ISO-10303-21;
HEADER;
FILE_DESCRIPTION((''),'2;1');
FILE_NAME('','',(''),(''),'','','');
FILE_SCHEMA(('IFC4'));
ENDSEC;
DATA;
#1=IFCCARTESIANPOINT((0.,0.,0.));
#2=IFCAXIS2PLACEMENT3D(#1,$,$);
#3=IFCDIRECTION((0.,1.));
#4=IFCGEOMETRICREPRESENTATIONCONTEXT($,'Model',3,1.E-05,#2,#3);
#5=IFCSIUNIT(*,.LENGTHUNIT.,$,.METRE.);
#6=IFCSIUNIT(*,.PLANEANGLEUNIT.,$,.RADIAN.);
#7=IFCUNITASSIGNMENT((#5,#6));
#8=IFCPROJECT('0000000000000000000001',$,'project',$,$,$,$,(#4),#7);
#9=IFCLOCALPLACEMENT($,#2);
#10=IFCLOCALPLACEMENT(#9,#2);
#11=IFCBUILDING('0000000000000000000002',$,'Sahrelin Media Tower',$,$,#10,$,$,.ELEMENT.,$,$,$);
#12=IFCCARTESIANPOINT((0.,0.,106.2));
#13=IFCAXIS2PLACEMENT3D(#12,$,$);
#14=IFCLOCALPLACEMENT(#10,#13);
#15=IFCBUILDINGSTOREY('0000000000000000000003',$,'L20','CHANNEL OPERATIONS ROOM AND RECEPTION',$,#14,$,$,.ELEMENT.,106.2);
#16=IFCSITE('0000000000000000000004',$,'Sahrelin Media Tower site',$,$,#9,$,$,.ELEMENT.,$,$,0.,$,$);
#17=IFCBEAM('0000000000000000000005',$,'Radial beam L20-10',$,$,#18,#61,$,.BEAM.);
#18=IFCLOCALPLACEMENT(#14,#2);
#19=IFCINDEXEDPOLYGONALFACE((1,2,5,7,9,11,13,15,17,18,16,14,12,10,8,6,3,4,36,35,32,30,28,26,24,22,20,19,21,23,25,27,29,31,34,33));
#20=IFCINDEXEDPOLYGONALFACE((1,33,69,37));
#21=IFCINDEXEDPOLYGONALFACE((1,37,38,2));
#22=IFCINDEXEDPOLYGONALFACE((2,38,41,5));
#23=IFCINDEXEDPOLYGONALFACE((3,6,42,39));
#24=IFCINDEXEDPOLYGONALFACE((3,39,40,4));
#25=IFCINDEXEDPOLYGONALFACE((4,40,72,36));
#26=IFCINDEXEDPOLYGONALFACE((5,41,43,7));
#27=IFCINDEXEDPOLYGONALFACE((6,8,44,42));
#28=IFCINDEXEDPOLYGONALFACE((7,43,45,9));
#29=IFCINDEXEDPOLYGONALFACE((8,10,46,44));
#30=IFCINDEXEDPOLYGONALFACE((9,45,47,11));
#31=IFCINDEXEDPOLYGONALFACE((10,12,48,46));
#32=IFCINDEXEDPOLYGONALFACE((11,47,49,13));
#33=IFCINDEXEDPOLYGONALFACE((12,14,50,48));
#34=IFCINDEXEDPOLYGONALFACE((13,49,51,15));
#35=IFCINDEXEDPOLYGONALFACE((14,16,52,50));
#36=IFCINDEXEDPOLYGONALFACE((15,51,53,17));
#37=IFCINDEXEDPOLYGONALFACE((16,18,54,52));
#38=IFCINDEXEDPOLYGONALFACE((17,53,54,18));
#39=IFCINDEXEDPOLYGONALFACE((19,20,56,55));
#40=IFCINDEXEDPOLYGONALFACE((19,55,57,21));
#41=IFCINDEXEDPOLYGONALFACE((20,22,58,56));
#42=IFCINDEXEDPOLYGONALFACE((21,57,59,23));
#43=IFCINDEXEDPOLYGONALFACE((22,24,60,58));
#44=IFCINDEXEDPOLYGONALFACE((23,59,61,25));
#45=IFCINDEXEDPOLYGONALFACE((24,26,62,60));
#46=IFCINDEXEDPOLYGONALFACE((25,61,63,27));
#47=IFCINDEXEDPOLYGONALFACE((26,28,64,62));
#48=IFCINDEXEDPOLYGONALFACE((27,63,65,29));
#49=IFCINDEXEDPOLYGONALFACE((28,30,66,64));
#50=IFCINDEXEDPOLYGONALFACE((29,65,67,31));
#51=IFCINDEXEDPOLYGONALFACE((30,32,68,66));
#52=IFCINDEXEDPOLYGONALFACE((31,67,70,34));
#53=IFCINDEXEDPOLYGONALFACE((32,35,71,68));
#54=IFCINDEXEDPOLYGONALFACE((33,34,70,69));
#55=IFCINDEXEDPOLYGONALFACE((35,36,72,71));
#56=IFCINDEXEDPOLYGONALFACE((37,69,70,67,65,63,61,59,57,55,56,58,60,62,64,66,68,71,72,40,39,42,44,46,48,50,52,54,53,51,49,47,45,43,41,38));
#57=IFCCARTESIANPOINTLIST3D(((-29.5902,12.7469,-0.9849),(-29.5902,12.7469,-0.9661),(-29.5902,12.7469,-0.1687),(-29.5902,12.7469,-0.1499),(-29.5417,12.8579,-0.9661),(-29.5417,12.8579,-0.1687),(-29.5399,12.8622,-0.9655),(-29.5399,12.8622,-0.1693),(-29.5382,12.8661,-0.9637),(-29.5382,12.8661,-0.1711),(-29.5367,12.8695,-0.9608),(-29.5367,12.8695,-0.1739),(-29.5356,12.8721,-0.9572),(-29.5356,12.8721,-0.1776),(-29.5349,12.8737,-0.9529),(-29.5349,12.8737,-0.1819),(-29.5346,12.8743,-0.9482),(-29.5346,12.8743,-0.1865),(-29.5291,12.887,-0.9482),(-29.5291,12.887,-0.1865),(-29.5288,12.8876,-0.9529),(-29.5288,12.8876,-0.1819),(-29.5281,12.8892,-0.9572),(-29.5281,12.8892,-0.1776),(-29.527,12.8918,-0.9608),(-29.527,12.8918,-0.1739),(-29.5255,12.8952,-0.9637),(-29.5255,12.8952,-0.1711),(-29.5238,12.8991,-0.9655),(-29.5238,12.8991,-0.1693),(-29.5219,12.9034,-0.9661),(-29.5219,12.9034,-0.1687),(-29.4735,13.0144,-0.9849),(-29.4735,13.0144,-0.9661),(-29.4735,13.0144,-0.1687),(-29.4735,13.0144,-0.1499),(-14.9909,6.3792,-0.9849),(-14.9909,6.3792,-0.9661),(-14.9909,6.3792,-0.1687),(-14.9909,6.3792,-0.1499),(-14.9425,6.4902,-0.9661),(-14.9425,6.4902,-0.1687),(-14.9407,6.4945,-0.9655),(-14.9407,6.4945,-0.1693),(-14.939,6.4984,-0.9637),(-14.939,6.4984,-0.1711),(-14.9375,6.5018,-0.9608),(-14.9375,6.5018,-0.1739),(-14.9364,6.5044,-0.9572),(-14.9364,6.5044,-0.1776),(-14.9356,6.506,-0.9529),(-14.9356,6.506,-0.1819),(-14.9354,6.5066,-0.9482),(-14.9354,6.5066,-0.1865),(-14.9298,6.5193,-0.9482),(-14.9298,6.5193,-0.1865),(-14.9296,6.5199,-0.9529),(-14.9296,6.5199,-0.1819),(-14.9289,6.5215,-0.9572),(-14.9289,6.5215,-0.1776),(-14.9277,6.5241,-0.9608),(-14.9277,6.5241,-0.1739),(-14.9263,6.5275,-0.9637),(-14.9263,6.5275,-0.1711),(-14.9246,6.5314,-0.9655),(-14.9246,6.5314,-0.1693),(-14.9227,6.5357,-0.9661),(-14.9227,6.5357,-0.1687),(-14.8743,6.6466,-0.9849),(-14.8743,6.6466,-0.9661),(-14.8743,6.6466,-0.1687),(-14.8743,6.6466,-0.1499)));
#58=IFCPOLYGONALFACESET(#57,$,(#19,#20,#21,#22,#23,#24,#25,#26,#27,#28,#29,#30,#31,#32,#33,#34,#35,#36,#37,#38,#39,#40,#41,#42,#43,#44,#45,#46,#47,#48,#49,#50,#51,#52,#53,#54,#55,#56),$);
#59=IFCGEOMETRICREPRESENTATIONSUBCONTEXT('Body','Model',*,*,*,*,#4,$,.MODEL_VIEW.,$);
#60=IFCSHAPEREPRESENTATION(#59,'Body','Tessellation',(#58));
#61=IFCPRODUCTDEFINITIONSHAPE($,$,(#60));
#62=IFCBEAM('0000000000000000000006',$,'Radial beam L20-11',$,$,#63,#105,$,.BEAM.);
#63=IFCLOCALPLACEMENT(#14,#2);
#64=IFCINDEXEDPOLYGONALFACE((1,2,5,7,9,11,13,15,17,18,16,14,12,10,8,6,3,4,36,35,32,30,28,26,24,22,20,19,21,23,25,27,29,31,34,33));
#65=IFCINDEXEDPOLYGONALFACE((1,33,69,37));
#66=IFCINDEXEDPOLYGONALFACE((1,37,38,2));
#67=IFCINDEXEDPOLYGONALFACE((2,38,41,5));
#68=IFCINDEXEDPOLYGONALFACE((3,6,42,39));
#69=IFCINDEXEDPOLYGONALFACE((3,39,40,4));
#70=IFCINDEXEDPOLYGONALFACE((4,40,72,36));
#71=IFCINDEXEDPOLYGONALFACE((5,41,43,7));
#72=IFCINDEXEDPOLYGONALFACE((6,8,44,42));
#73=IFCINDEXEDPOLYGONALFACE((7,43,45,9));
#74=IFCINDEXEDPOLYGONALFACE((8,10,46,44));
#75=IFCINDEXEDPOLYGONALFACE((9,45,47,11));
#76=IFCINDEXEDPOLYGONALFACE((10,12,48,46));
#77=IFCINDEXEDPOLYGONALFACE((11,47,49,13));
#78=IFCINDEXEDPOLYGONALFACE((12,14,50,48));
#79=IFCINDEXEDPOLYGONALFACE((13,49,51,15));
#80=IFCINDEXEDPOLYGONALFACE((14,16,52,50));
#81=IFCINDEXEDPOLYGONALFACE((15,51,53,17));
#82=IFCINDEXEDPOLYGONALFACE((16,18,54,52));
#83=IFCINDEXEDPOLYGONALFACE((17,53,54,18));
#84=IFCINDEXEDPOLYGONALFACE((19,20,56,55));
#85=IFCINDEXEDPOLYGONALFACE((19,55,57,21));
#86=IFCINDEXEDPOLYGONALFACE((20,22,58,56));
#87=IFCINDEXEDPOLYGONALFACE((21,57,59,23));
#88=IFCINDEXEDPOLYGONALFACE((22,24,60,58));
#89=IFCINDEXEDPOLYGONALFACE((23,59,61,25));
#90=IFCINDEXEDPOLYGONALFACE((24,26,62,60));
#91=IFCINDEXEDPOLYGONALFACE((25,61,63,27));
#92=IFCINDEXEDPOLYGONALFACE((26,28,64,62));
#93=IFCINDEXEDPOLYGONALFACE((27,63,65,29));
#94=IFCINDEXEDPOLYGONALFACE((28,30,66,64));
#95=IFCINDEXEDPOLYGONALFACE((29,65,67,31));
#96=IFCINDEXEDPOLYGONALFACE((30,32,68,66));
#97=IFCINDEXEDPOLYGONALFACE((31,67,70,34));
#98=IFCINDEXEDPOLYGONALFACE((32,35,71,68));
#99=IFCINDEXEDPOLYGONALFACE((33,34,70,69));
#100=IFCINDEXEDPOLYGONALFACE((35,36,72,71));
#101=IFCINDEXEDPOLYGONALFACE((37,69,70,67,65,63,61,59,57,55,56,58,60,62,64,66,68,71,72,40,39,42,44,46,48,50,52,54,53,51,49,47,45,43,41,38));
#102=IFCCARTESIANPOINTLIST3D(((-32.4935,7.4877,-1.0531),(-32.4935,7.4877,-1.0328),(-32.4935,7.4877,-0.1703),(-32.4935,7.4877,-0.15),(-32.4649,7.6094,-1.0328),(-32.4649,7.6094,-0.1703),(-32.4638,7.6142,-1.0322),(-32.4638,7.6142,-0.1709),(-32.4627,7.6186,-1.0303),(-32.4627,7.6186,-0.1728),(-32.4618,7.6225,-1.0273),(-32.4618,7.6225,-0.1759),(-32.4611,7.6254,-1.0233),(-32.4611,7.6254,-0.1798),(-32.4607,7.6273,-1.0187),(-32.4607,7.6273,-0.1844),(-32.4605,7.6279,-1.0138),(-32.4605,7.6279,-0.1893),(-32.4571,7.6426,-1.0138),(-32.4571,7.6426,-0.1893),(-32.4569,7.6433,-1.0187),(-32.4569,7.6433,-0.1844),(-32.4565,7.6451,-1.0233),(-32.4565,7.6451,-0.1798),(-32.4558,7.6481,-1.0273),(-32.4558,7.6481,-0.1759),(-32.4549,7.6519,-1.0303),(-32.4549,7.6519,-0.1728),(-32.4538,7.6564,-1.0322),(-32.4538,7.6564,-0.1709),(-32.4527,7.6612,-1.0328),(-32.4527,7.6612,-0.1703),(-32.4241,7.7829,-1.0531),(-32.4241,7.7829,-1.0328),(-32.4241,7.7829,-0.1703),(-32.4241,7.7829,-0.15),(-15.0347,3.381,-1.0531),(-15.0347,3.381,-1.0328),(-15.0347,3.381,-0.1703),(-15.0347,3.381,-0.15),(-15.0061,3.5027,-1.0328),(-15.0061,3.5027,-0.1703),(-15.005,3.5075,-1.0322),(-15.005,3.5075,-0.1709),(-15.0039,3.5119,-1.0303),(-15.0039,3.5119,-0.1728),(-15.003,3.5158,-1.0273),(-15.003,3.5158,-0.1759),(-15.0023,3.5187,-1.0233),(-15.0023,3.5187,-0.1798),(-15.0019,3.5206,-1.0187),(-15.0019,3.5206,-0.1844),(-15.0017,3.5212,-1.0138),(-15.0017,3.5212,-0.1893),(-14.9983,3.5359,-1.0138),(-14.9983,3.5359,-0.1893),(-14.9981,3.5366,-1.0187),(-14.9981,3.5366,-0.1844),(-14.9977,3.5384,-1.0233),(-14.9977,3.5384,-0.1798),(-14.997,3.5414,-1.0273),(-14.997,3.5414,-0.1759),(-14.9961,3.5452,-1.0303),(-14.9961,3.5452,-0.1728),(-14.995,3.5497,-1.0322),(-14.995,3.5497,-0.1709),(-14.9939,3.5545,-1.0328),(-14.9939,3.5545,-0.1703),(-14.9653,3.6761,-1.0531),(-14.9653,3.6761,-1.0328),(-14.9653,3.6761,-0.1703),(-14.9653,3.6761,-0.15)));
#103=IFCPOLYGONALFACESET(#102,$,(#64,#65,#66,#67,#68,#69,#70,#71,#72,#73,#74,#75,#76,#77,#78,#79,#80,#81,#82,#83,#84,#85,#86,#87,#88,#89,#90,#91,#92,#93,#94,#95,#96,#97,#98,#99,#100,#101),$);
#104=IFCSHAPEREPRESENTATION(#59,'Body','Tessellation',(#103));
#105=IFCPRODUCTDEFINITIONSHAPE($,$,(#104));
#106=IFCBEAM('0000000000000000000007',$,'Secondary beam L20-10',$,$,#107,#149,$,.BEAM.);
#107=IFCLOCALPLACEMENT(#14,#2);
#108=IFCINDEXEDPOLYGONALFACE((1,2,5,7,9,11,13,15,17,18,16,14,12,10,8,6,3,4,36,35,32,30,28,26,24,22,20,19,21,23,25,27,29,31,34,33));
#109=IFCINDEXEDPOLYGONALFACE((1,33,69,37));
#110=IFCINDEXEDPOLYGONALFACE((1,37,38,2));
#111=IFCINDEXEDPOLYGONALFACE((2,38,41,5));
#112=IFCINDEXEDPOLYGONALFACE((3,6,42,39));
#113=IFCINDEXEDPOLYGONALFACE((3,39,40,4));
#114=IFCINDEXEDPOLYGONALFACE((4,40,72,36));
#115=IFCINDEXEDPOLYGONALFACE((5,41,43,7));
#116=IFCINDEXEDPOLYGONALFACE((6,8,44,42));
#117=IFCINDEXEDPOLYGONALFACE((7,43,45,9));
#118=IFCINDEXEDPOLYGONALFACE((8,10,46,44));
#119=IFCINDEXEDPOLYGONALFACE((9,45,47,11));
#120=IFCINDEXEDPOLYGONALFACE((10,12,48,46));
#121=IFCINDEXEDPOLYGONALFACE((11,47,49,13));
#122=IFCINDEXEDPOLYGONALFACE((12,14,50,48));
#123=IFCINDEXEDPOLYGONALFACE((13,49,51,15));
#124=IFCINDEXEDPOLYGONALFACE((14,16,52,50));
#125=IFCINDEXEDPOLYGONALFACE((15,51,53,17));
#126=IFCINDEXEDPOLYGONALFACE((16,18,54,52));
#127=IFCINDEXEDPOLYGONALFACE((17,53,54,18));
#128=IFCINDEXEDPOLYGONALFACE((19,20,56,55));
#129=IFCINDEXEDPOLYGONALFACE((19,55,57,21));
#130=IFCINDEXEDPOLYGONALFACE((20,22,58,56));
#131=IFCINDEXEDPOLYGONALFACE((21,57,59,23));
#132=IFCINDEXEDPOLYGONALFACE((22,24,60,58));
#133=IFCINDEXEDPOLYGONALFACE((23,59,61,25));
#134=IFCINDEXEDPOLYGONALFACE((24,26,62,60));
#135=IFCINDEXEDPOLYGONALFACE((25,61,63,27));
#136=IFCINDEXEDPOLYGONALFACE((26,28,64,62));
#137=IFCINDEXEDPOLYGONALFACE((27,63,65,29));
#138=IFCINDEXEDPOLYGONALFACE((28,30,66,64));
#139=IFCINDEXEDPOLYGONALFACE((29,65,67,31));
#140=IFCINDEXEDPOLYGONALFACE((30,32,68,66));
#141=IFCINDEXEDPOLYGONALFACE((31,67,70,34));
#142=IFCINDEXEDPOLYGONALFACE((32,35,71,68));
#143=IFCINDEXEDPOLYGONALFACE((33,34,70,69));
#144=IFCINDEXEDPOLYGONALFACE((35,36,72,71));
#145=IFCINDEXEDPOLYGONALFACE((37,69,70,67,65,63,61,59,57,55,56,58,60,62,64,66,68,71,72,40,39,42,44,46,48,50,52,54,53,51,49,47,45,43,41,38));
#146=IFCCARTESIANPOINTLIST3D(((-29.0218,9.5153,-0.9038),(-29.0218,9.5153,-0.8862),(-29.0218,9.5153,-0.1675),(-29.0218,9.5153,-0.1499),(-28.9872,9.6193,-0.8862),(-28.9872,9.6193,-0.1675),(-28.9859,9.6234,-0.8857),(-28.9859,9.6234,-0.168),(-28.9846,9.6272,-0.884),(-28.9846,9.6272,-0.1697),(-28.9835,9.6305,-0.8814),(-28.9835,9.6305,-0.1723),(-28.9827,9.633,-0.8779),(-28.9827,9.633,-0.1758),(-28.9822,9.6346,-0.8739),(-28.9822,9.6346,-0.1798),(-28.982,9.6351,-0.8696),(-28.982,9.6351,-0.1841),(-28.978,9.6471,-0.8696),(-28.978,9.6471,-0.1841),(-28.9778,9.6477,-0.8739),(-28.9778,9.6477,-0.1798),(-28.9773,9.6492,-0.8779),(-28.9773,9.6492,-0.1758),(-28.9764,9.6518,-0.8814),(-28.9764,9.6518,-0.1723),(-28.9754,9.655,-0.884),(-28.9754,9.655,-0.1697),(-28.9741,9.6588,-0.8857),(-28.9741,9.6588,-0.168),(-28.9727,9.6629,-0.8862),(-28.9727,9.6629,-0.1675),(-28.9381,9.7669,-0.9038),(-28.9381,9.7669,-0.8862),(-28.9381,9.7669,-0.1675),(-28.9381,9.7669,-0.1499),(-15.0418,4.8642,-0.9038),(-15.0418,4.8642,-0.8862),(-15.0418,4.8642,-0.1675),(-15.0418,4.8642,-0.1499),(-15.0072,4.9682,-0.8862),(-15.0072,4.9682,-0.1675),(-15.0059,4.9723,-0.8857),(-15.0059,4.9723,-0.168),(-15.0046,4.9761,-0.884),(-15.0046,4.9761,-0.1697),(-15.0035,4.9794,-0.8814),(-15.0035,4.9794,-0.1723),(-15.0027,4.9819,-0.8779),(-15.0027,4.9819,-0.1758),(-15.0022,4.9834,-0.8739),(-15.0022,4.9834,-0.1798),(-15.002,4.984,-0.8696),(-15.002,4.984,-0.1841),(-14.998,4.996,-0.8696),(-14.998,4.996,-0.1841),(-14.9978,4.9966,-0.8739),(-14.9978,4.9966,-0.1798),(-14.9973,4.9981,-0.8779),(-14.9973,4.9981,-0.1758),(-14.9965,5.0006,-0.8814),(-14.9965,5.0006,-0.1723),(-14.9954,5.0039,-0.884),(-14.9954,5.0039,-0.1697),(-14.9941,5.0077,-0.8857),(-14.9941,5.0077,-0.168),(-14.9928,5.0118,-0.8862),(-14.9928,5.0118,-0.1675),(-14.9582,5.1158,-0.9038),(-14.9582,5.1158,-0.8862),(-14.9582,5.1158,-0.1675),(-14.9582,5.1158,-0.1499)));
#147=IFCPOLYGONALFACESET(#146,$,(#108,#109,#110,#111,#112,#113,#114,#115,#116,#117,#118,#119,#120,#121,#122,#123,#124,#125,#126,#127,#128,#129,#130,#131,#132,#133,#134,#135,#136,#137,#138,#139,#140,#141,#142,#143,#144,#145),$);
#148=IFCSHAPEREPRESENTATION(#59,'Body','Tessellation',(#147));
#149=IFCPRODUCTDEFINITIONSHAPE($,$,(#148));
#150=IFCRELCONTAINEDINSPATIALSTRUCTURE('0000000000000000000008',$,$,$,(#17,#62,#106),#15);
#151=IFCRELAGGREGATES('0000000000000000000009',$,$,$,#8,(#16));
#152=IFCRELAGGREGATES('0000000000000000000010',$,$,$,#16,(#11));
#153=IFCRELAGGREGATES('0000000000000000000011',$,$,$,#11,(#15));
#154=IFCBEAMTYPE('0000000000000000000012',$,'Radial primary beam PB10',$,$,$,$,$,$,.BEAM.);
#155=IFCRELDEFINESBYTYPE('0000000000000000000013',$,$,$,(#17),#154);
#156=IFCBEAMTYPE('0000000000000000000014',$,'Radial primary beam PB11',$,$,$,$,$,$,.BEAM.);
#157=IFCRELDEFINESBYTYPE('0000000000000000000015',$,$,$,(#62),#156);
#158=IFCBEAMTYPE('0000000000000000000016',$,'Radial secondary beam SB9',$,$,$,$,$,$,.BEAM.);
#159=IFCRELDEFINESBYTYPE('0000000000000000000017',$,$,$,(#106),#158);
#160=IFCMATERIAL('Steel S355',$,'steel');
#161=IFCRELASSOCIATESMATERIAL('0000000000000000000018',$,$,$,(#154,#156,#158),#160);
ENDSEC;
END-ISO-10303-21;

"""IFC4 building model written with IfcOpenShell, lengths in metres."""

from ifc_helpers import new_model, si_unit, direction, frame, origin, origin_2d, place, context, subcontext, project, spatial, i_section, extrude, material, material_profile, profile_set, type_object, element, save


model = new_model("IFC4")

# Units and contexts
model_context = context("Model", 3, precision=1e-05, world=origin(), true_north=direction((0.0, 1.0)))
body_context = subcontext(model_context, "Body", "Model", "MODEL_VIEW")
ifc_project = project(units=[si_unit("LENGTHUNIT", "METRE"), si_unit("PLANEANGLEUNIT", "RADIAN")], contexts=[model_context])

# Site, building, storey
site_placement = place(None, origin())
site = spatial("IfcSite", under=ifc_project, at=site_placement, Name="Sahrelin Media Tower site", CompositionType="ELEMENT", RefElevation=0.0)
building_placement = place(site_placement, origin())
building = spatial("IfcBuilding", under=site, at=building_placement, Name="Sahrelin Media Tower", CompositionType="ELEMENT")
storey_placement = place(building_placement, frame((0.0, 0.0, 106.2)))
storey = spatial("IfcBuildingStorey", under=building, at=storey_placement, Name="L20", Description="CHANNEL OPERATIONS ROOM AND RECEPTION", CompositionType="ELEMENT", Elevation=106.2)

# Beams
ifc_material_1 = material(Name="Steel S355", Category="steel")
ifc_material_profile_1 = material_profile(ifc_material_1, i_section(OverallWidth=0.2917, OverallDepth=0.835, WebThickness=0.0139, FlangeThickness=0.0188, FilletRadius=0.0178, at=origin_2d()), Name="UB 838x292x176")
ifc_profile_set_1 = profile_set([ifc_material_profile_1], Name="Steel S355")
beam_type_1 = type_object("IfcBeamType", Name="Radial primary beam PB10", PredefinedType="BEAM", material=ifc_profile_set_1)
beam_1_placement = place(storey_placement, frame((-14.9326, 6.5129, -0.5674), z_axis=(-0.916605, 0.399794, 0.0), x_axis=(-0.399794, -0.916605, 0.0)))
element("IfcBeam", 1, at=beam_1_placement, inside=storey, type_object=beam_type_1, Name="Radial beam L20-10", PredefinedType="BEAM", context=body_context, shape_type="SweptSolid", body=[
    extrude(i_section(OverallWidth=0.2917, OverallDepth=0.835, WebThickness=0.0139, FlangeThickness=0.0188, FilletRadius=0.0178, at=origin_2d()), origin(), (0.0, 0.0, 1.0), 15.9275),
])
ifc_material_profile_2 = material_profile(ifc_material_1, i_section(OverallWidth=0.3032, OverallDepth=0.9031, WebThickness=0.0151, FlangeThickness=0.0203, FilletRadius=0.019, at=origin_2d()), Name="UB 914x305x201")
ifc_profile_set_2 = profile_set([ifc_material_profile_2], Name="Steel S355")
beam_type_2 = type_object("IfcBeamType", Name="Radial primary beam PB11", PredefinedType="BEAM", material=ifc_profile_set_2)
beam_2_placement = place(storey_placement, frame((-15.0, 3.5286, -0.6016), z_axis=(-0.973433, 0.228973, 0.0), x_axis=(-0.228973, -0.973433, 0.0)))
element("IfcBeam", 2, at=beam_2_placement, inside=storey, type_object=beam_type_2, Name="Radial beam L20-11", PredefinedType="BEAM", context=body_context, shape_type="SweptSolid", body=[
    extrude(i_section(OverallWidth=0.3032, OverallDepth=0.9031, WebThickness=0.0151, FlangeThickness=0.0203, FilletRadius=0.019, at=origin_2d()), origin(), (0.0, 0.0, 1.0), 17.9353),
])
ifc_material_profile_3 = material_profile(ifc_material_1, i_section(OverallWidth=0.2651, OverallDepth=0.7539, WebThickness=0.0127, FlangeThickness=0.0176, FilletRadius=0.0166, at=origin_2d()), Name="UB 762x267x147")
ifc_profile_set_3 = profile_set([ifc_material_profile_3], Name="Steel S355")
beam_type_3 = type_object("IfcBeamType", Name="Radial secondary beam SB9", PredefinedType="BEAM", material=ifc_profile_set_3)
beam_3_placement = place(storey_placement, frame((-15.0, 4.99, -0.5269), z_axis=(-0.948864, 0.315686, 0.0), x_axis=(-0.315686, -0.948864, 0.0)))
element("IfcBeam", 3, at=beam_3_placement, inside=storey, type_object=beam_type_3, Name="Secondary beam L20-10", PredefinedType="BEAM", context=body_context, shape_type="SweptSolid", body=[
    extrude(i_section(OverallWidth=0.2651, OverallDepth=0.7539, WebThickness=0.0127, FlangeThickness=0.0176, FilletRadius=0.0166, at=origin_2d()), origin(), (0.0, 0.0, 1.0), 14.7334),
])

save(model, "model.ifc")
